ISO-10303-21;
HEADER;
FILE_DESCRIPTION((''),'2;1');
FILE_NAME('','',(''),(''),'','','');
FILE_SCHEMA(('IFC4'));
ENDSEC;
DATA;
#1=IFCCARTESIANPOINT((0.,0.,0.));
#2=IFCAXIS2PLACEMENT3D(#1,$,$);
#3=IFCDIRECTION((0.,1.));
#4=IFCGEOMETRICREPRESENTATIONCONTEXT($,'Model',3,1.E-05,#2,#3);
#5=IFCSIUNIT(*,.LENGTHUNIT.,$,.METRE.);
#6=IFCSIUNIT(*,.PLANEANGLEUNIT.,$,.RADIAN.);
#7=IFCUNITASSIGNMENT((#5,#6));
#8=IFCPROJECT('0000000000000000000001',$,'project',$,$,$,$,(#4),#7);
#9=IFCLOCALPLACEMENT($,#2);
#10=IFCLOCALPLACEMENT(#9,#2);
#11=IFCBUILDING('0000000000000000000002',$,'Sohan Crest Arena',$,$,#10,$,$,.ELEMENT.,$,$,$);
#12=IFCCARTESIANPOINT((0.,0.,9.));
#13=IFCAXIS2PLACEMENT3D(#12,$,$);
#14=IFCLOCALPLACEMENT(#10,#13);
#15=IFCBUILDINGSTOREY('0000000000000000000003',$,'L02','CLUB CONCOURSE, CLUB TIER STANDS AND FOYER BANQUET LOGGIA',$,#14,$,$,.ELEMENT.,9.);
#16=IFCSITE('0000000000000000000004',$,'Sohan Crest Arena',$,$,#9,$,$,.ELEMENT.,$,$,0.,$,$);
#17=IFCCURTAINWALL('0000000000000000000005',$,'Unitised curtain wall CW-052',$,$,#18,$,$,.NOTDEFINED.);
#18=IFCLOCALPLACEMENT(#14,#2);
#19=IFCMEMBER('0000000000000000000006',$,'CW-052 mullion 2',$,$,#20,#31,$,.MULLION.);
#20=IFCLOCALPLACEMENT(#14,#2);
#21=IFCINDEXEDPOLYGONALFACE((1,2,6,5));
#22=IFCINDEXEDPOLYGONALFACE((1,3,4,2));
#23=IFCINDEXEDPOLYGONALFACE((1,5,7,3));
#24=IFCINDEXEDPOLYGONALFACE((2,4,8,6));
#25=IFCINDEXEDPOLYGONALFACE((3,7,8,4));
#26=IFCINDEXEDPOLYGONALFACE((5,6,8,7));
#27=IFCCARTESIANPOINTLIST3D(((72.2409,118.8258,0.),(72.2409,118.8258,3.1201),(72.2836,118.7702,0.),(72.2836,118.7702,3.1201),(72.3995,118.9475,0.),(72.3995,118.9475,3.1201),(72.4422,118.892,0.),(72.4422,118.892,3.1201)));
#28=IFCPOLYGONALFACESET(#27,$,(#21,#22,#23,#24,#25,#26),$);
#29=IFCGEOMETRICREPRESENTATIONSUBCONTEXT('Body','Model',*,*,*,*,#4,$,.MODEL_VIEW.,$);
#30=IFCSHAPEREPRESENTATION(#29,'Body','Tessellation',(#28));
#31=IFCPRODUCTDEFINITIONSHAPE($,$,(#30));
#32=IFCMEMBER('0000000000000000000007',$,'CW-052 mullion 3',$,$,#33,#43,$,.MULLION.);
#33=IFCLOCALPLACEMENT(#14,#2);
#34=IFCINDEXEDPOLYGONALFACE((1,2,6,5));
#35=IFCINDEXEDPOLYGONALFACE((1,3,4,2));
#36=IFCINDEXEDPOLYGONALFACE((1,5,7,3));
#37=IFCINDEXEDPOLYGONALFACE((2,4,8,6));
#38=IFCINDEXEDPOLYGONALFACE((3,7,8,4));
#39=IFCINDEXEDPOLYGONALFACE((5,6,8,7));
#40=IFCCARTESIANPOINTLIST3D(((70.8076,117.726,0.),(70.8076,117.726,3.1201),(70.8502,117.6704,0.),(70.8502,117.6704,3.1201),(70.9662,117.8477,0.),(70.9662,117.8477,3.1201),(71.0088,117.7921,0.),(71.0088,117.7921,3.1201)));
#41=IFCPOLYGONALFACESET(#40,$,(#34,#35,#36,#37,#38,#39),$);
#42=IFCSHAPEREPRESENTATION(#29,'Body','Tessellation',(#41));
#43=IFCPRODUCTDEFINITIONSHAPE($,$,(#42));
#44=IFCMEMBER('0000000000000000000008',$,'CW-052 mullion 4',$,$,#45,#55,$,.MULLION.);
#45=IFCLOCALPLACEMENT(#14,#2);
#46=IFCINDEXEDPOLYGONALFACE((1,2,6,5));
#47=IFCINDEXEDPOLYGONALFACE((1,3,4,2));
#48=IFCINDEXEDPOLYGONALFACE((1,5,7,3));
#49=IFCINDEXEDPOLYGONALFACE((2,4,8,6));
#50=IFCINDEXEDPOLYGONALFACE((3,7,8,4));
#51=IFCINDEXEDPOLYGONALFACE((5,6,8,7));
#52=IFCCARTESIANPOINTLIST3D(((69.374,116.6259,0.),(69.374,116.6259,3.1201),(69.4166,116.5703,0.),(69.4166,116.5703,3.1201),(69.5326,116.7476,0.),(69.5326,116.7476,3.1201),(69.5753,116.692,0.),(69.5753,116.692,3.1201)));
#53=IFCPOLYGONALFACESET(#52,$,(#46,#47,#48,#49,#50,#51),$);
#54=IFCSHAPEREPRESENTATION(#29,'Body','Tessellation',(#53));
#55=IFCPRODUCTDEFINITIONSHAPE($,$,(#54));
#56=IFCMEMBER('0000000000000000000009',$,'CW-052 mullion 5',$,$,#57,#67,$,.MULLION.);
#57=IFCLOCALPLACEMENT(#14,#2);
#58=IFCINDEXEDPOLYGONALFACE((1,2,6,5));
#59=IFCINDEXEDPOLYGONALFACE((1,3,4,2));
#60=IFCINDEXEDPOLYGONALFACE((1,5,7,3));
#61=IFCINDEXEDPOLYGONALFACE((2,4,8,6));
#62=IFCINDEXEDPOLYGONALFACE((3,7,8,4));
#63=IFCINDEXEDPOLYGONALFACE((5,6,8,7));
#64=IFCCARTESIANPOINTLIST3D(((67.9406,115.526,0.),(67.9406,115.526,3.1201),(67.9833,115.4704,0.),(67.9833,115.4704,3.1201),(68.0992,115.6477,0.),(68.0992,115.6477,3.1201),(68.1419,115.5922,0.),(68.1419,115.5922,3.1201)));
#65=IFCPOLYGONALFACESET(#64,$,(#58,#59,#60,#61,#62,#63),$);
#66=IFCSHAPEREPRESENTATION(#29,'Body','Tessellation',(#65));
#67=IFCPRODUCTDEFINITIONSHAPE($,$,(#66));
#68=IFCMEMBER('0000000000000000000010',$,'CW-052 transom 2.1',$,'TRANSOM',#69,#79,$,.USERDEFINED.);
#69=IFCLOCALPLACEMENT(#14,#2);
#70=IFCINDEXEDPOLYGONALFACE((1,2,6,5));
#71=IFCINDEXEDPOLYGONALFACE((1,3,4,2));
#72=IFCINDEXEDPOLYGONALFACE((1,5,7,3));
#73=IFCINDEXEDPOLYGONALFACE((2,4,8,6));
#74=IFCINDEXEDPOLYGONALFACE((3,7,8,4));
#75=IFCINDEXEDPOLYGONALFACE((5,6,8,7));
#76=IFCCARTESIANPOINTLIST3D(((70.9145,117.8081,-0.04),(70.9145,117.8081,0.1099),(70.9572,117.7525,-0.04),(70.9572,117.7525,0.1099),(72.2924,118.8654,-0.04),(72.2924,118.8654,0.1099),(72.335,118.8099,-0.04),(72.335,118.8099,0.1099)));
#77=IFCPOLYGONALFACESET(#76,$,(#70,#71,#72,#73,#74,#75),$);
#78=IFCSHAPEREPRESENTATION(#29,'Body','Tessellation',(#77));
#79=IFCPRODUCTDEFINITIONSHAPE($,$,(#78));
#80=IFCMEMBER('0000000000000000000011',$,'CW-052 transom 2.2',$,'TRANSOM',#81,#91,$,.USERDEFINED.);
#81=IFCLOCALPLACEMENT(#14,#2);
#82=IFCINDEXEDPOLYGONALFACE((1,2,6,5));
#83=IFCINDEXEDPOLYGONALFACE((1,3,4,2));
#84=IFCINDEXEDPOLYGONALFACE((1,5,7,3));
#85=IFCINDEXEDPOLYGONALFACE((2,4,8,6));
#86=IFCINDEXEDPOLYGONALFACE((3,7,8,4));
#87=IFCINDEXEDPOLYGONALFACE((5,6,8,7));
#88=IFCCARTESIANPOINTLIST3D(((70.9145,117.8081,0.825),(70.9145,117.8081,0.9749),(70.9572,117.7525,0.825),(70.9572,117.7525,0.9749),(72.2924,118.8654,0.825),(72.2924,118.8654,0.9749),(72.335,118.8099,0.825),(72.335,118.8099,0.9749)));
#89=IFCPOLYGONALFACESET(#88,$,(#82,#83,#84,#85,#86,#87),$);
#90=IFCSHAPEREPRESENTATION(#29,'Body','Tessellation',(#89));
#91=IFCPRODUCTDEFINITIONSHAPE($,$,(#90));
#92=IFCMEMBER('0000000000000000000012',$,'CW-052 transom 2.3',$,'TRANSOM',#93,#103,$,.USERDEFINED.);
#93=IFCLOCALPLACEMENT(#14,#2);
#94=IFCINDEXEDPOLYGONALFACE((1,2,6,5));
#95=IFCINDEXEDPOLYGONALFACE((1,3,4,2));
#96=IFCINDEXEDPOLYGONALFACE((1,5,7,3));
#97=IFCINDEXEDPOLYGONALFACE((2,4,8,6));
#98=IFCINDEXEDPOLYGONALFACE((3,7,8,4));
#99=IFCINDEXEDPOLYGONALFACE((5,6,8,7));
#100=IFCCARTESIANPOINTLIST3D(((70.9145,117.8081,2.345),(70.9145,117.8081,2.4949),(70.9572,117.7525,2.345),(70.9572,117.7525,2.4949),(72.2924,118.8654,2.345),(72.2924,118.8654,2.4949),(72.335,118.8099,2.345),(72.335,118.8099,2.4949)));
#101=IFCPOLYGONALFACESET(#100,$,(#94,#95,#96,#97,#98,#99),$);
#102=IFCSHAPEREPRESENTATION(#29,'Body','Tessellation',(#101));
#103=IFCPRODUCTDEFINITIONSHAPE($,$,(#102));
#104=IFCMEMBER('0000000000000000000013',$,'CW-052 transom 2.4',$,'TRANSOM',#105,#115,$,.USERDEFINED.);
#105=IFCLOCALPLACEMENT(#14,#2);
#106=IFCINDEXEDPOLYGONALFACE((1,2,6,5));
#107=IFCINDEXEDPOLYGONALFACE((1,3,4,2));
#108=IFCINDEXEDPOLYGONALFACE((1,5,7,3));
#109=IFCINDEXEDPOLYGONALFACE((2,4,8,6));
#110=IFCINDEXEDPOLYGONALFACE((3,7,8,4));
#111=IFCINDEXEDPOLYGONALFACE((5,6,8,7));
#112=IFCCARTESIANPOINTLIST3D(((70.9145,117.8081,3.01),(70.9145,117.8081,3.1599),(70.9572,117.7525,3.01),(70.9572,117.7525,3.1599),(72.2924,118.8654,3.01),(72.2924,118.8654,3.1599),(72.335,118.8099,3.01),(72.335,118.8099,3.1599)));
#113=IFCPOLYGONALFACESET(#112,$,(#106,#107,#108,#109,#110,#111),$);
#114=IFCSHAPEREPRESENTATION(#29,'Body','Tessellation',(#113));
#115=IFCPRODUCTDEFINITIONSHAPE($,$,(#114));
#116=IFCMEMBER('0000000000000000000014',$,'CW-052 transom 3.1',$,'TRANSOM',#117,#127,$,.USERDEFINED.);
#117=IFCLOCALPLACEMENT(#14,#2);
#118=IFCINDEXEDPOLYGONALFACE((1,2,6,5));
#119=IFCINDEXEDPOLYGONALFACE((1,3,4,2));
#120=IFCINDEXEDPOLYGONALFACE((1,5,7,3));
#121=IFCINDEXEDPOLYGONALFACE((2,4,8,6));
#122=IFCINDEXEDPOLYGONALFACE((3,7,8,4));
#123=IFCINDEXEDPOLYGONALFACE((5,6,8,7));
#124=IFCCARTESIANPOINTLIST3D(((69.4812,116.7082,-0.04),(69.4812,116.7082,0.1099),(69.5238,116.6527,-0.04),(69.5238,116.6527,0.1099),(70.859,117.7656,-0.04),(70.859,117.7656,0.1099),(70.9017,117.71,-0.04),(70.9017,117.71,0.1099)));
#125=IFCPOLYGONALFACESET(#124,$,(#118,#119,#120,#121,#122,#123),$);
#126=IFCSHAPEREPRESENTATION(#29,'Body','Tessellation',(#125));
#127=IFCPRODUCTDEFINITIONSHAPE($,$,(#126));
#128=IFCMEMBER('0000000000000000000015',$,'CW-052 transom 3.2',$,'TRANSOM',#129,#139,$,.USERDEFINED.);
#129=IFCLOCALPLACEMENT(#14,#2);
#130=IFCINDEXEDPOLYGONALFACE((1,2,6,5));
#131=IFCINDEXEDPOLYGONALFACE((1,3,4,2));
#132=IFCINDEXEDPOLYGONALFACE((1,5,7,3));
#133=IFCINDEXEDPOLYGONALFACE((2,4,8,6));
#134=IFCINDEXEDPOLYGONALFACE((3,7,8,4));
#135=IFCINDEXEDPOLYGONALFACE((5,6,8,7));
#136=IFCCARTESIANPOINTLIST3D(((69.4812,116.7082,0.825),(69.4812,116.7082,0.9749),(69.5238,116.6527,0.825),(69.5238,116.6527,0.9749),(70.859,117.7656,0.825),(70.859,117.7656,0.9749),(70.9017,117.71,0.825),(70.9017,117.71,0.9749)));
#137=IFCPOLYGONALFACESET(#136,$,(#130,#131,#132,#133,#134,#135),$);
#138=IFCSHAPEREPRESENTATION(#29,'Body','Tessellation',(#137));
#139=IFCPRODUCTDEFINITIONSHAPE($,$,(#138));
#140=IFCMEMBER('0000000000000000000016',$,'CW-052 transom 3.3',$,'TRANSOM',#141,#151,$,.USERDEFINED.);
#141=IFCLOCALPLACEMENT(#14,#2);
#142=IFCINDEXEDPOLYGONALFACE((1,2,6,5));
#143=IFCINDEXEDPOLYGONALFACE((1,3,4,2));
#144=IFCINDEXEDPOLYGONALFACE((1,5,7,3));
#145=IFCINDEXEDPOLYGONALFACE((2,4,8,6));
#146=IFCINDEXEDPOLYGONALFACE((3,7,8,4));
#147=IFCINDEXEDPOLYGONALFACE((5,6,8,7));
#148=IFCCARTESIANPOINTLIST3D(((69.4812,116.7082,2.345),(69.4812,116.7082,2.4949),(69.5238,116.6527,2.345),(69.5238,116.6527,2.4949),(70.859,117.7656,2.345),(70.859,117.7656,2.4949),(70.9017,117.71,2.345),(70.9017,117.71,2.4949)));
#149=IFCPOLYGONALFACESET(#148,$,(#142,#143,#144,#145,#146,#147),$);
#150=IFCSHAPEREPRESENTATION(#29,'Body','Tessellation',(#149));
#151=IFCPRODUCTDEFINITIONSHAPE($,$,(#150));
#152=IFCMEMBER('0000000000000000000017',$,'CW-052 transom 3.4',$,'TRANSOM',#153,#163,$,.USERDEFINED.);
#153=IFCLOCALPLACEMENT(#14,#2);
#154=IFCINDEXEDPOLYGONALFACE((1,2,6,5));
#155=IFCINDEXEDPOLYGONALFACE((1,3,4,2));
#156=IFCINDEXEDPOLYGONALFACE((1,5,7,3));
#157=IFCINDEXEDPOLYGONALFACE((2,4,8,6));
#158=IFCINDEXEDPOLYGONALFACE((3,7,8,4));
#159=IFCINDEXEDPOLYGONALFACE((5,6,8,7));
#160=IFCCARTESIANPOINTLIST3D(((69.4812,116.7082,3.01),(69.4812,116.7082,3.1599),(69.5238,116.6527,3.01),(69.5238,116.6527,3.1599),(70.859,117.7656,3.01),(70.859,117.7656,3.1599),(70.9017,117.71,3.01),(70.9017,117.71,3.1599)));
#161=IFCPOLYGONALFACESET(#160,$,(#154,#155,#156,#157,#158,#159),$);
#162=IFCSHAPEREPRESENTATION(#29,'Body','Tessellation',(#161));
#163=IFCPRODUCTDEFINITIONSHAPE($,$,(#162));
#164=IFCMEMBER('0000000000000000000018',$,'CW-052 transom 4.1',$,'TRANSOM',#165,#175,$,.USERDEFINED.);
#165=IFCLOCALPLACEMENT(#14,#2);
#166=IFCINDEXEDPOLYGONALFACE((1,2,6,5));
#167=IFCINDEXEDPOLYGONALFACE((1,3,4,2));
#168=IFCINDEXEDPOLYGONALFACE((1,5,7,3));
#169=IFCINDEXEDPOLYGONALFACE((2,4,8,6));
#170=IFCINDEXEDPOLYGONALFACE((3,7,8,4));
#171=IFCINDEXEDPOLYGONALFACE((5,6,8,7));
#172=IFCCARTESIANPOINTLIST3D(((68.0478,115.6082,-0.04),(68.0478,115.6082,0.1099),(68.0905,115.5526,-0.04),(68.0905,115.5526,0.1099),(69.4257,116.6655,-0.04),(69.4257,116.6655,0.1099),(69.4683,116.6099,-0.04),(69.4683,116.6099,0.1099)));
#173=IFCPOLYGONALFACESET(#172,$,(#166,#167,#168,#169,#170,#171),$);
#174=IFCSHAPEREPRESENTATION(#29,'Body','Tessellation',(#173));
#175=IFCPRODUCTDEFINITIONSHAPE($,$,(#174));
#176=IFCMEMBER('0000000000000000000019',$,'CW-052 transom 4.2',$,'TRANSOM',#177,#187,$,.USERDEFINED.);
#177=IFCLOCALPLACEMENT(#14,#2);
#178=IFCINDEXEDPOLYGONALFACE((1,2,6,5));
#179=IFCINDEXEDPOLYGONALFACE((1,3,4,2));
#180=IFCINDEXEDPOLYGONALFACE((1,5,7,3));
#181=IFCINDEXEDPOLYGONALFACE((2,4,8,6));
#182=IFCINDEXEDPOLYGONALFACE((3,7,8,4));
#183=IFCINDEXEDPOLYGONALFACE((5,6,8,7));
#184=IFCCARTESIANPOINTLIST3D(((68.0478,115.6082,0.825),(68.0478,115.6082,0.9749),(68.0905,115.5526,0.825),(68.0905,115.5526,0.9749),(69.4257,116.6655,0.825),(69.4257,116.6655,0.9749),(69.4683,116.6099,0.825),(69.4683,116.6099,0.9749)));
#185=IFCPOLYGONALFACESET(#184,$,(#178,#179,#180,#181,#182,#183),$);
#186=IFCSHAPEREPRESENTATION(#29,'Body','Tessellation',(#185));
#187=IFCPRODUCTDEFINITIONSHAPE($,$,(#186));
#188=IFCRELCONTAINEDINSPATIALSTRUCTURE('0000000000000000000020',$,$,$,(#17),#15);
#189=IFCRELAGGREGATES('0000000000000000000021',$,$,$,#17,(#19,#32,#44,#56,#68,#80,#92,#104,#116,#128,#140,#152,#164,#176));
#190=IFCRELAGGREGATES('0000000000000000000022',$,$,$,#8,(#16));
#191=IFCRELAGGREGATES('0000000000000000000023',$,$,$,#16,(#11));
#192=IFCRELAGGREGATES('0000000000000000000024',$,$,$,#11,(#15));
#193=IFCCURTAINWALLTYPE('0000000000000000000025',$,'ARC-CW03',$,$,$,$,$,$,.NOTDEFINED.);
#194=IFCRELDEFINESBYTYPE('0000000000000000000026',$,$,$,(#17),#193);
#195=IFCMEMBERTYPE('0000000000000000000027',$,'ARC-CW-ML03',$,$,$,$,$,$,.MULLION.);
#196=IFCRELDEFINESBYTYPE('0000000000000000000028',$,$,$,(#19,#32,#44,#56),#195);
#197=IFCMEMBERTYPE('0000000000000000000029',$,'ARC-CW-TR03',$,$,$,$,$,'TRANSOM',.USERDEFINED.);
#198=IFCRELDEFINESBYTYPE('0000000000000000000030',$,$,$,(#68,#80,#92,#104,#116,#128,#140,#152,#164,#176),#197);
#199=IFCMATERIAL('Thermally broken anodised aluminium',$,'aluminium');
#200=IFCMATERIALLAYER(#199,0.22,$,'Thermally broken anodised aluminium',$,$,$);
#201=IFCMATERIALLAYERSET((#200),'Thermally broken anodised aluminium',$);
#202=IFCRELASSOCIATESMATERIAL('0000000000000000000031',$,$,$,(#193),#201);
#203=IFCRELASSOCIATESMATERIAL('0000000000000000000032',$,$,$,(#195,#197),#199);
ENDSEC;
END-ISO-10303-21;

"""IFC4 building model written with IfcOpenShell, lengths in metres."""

from ifc_helpers import new_model, si_unit, direction, frame, origin, origin_2d, place, context, subcontext, project, spatial, rectangle, extrude, material, layer, layer_set, material_profile, profile_set, type_object, element, aggregate, save


model = new_model("IFC4")

# Units and contexts
model_context = context("Model", 3, precision=1e-05, world=origin(), true_north=direction((0.0, 1.0)))
body_context = subcontext(model_context, "Body", "Model", "MODEL_VIEW")
ifc_project = project(units=[si_unit("LENGTHUNIT", "METRE"), si_unit("PLANEANGLEUNIT", "RADIAN")], contexts=[model_context])

# Site, building, storey
site_placement = place(None, origin())
site = spatial("IfcSite", under=ifc_project, at=site_placement, Name="Sohan Crest Arena", CompositionType="ELEMENT", RefElevation=0.0)
building_placement = place(site_placement, origin())
building = spatial("IfcBuilding", under=site, at=building_placement, Name="Sohan Crest Arena", CompositionType="ELEMENT")
storey_placement = place(building_placement, frame((0.0, 0.0, 9.0)))
storey = spatial("IfcBuildingStorey", under=building, at=storey_placement, Name="L02", Description="CLUB CONCOURSE, CLUB TIER STANDS AND FOYER BANQUET LOGGIA", CompositionType="ELEMENT", Elevation=9.0)

# Curtain wall, members
ifc_material_1 = material(Name="Thermally broken anodised aluminium", Category="aluminium")
ifc_layer_1 = layer(ifc_material_1, 0.22, Name="Thermally broken anodised aluminium")
ifc_layer_set_1 = layer_set([ifc_layer_1], Name="Thermally broken anodised aluminium")
curtain_wall_type = type_object("IfcCurtainWallType", Name="ARC-CW03", PredefinedType="NOTDEFINED", material=ifc_layer_set_1)
curtain_wall_placement = place(storey_placement, origin())
curtain_wall = element("IfcCurtainWall", 1, at=curtain_wall_placement, inside=storey, type_object=curtain_wall_type, Name="Unitised curtain wall CW-052", PredefinedType="NOTDEFINED")
ifc_material_profile_1 = material_profile(ifc_material_1, rectangle(XDim=0.0701, YDim=0.2, at=origin_2d()), Name="ALU-MULL 70x200")
ifc_profile_set_1 = profile_set([ifc_material_profile_1], Name="Thermally broken anodised aluminium")
member_type_1 = type_object("IfcMemberType", Name="ARC-CW-ML03", PredefinedType="MULLION", material=ifc_profile_set_1)
member_1_placement = place(storey_placement, frame((72.3416, 118.8589, 0.0), z_axis=(0.0, 0.0, 1.0), x_axis=(0.608793, -0.793329, 0.0)))
member_1 = element("IfcMember", 2, at=member_1_placement, type_object=member_type_1, Name="CW-052 mullion 2", PredefinedType="MULLION", context=body_context, shape_type="SweptSolid", body=[
    extrude(rectangle(XDim=0.0701, YDim=0.2, at=origin_2d()), origin(), (0.0, 0.0, 1.0), 3.1201),
])
member_2_placement = place(storey_placement, frame((70.9082, 117.759, 0.0), z_axis=(0.0, 0.0, 1.0), x_axis=(0.608793, -0.793329, 0.0)))
member_2 = element("IfcMember", 3, at=member_2_placement, type_object=member_type_1, Name="CW-052 mullion 3", PredefinedType="MULLION", context=body_context, shape_type="SweptSolid", body=[
    extrude(rectangle(XDim=0.0701, YDim=0.2, at=origin_2d()), origin(), (0.0, 0.0, 1.0), 3.1201),
])
member_3_placement = place(storey_placement, frame((69.4746, 116.6589, 0.0), z_axis=(0.0, 0.0, 1.0), x_axis=(0.608793, -0.793329, 0.0)))
member_3 = element("IfcMember", 4, at=member_3_placement, type_object=member_type_1, Name="CW-052 mullion 4", PredefinedType="MULLION", context=body_context, shape_type="SweptSolid", body=[
    extrude(rectangle(XDim=0.0701, YDim=0.2, at=origin_2d()), origin(), (0.0, 0.0, 1.0), 3.1201),
])
member_4_placement = place(storey_placement, frame((68.0413, 115.5591, 0.0), z_axis=(0.0, 0.0, 1.0), x_axis=(0.608793, -0.793329, 0.0)))
member_4 = element("IfcMember", 5, at=member_4_placement, type_object=member_type_1, Name="CW-052 mullion 5", PredefinedType="MULLION", context=body_context, shape_type="SweptSolid", body=[
    extrude(rectangle(XDim=0.0701, YDim=0.2, at=origin_2d()), origin(), (0.0, 0.0, 1.0), 3.1201),
])
ifc_material_profile_2 = material_profile(ifc_material_1, rectangle(XDim=0.0701, YDim=0.1499, at=origin_2d()), Name="ALU-TRAN 70x150")
ifc_profile_set_2 = profile_set([ifc_material_profile_2], Name="Thermally broken anodised aluminium")
member_type_2 = type_object("IfcMemberType", Name="ARC-CW-TR03", ElementType="TRANSOM", PredefinedType="USERDEFINED", material=ifc_profile_set_2)
member_5_placement = place(storey_placement, frame((72.3137, 118.8376, 0.0349), z_axis=(-0.793339, -0.60878, 0.0), x_axis=(0.60878, -0.793339, 0.0)))
member_5 = element("IfcMember", 6, at=member_5_placement, type_object=member_type_2, Name="CW-052 transom 2.1", ObjectType="TRANSOM", PredefinedType="USERDEFINED", context=body_context, shape_type="SweptSolid", body=[
    extrude(rectangle(XDim=0.0701, YDim=0.1499, at=origin_2d()), origin(), (0.0, 0.0, 1.0), 1.7368),
])
member_6_placement = place(storey_placement, frame((72.3137, 118.8376, 0.8999), z_axis=(-0.793339, -0.60878, 0.0), x_axis=(0.60878, -0.793339, 0.0)))
member_6 = element("IfcMember", 7, at=member_6_placement, type_object=member_type_2, Name="CW-052 transom 2.2", ObjectType="TRANSOM", PredefinedType="USERDEFINED", context=body_context, shape_type="SweptSolid", body=[
    extrude(rectangle(XDim=0.0701, YDim=0.1499, at=origin_2d()), origin(), (0.0, 0.0, 1.0), 1.7368),
])
member_7_placement = place(storey_placement, frame((72.3137, 118.8376, 2.4199), z_axis=(-0.793339, -0.60878, 0.0), x_axis=(0.60878, -0.793339, 0.0)))
member_7 = element("IfcMember", 8, at=member_7_placement, type_object=member_type_2, Name="CW-052 transom 2.3", ObjectType="TRANSOM", PredefinedType="USERDEFINED", context=body_context, shape_type="SweptSolid", body=[
    extrude(rectangle(XDim=0.0701, YDim=0.1499, at=origin_2d()), origin(), (0.0, 0.0, 1.0), 1.7368),
])
member_8_placement = place(storey_placement, frame((72.3137, 118.8376, 3.085), z_axis=(-0.793339, -0.60878, 0.0), x_axis=(0.60878, -0.793339, 0.0)))
member_8 = element("IfcMember", 9, at=member_8_placement, type_object=member_type_2, Name="CW-052 transom 2.4", ObjectType="TRANSOM", PredefinedType="USERDEFINED", context=body_context, shape_type="SweptSolid", body=[
    extrude(rectangle(XDim=0.0701, YDim=0.1499, at=origin_2d()), origin(), (0.0, 0.0, 1.0), 1.7368),
])
member_9_placement = place(storey_placement, frame((70.8804, 117.7378, 0.0349), z_axis=(-0.793339, -0.60878, 0.0), x_axis=(0.60878, -0.793339, 0.0)))
member_9 = element("IfcMember", 10, at=member_9_placement, type_object=member_type_2, Name="CW-052 transom 3.1", ObjectType="TRANSOM", PredefinedType="USERDEFINED", context=body_context, shape_type="SweptSolid", body=[
    extrude(rectangle(XDim=0.0701, YDim=0.1499, at=origin_2d()), origin(), (0.0, 0.0, 1.0), 1.7368),
])
member_10_placement = place(storey_placement, frame((70.8804, 117.7378, 0.8999), z_axis=(-0.793339, -0.60878, 0.0), x_axis=(0.60878, -0.793339, 0.0)))
member_10 = element("IfcMember", 11, at=member_10_placement, type_object=member_type_2, Name="CW-052 transom 3.2", ObjectType="TRANSOM", PredefinedType="USERDEFINED", context=body_context, shape_type="SweptSolid", body=[
    extrude(rectangle(XDim=0.0701, YDim=0.1499, at=origin_2d()), origin(), (0.0, 0.0, 1.0), 1.7368),
])
member_11_placement = place(storey_placement, frame((70.8804, 117.7378, 2.4199), z_axis=(-0.793339, -0.60878, 0.0), x_axis=(0.60878, -0.793339, 0.0)))
member_11 = element("IfcMember", 12, at=member_11_placement, type_object=member_type_2, Name="CW-052 transom 3.3", ObjectType="TRANSOM", PredefinedType="USERDEFINED", context=body_context, shape_type="SweptSolid", body=[
    extrude(rectangle(XDim=0.0701, YDim=0.1499, at=origin_2d()), origin(), (0.0, 0.0, 1.0), 1.7368),
])
member_12_placement = place(storey_placement, frame((70.8804, 117.7378, 3.085), z_axis=(-0.793339, -0.60878, 0.0), x_axis=(0.60878, -0.793339, 0.0)))
member_12 = element("IfcMember", 13, at=member_12_placement, type_object=member_type_2, Name="CW-052 transom 3.4", ObjectType="TRANSOM", PredefinedType="USERDEFINED", context=body_context, shape_type="SweptSolid", body=[
    extrude(rectangle(XDim=0.0701, YDim=0.1499, at=origin_2d()), origin(), (0.0, 0.0, 1.0), 1.7368),
])
member_13_placement = place(storey_placement, frame((69.447, 116.6377, 0.0349), z_axis=(-0.793339, -0.60878, 0.0), x_axis=(0.60878, -0.793339, 0.0)))
member_13 = element("IfcMember", 14, at=member_13_placement, type_object=member_type_2, Name="CW-052 transom 4.1", ObjectType="TRANSOM", PredefinedType="USERDEFINED", context=body_context, shape_type="SweptSolid", body=[
    extrude(rectangle(XDim=0.0701, YDim=0.1499, at=origin_2d()), origin(), (0.0, 0.0, 1.0), 1.7368),
])
member_14_placement = place(storey_placement, frame((69.447, 116.6377, 0.8999), z_axis=(-0.793339, -0.60878, 0.0), x_axis=(0.60878, -0.793339, 0.0)))
member_14 = element("IfcMember", 15, at=member_14_placement, type_object=member_type_2, Name="CW-052 transom 4.2", ObjectType="TRANSOM", PredefinedType="USERDEFINED", context=body_context, shape_type="SweptSolid", body=[
    extrude(rectangle(XDim=0.0701, YDim=0.1499, at=origin_2d()), origin(), (0.0, 0.0, 1.0), 1.7368),
])
aggregate(curtain_wall, [member_1, member_2, member_3, member_4, member_5, member_6, member_7, member_8, member_9, member_10, member_11, member_12, member_13, member_14])

save(model, "model.ifc")
